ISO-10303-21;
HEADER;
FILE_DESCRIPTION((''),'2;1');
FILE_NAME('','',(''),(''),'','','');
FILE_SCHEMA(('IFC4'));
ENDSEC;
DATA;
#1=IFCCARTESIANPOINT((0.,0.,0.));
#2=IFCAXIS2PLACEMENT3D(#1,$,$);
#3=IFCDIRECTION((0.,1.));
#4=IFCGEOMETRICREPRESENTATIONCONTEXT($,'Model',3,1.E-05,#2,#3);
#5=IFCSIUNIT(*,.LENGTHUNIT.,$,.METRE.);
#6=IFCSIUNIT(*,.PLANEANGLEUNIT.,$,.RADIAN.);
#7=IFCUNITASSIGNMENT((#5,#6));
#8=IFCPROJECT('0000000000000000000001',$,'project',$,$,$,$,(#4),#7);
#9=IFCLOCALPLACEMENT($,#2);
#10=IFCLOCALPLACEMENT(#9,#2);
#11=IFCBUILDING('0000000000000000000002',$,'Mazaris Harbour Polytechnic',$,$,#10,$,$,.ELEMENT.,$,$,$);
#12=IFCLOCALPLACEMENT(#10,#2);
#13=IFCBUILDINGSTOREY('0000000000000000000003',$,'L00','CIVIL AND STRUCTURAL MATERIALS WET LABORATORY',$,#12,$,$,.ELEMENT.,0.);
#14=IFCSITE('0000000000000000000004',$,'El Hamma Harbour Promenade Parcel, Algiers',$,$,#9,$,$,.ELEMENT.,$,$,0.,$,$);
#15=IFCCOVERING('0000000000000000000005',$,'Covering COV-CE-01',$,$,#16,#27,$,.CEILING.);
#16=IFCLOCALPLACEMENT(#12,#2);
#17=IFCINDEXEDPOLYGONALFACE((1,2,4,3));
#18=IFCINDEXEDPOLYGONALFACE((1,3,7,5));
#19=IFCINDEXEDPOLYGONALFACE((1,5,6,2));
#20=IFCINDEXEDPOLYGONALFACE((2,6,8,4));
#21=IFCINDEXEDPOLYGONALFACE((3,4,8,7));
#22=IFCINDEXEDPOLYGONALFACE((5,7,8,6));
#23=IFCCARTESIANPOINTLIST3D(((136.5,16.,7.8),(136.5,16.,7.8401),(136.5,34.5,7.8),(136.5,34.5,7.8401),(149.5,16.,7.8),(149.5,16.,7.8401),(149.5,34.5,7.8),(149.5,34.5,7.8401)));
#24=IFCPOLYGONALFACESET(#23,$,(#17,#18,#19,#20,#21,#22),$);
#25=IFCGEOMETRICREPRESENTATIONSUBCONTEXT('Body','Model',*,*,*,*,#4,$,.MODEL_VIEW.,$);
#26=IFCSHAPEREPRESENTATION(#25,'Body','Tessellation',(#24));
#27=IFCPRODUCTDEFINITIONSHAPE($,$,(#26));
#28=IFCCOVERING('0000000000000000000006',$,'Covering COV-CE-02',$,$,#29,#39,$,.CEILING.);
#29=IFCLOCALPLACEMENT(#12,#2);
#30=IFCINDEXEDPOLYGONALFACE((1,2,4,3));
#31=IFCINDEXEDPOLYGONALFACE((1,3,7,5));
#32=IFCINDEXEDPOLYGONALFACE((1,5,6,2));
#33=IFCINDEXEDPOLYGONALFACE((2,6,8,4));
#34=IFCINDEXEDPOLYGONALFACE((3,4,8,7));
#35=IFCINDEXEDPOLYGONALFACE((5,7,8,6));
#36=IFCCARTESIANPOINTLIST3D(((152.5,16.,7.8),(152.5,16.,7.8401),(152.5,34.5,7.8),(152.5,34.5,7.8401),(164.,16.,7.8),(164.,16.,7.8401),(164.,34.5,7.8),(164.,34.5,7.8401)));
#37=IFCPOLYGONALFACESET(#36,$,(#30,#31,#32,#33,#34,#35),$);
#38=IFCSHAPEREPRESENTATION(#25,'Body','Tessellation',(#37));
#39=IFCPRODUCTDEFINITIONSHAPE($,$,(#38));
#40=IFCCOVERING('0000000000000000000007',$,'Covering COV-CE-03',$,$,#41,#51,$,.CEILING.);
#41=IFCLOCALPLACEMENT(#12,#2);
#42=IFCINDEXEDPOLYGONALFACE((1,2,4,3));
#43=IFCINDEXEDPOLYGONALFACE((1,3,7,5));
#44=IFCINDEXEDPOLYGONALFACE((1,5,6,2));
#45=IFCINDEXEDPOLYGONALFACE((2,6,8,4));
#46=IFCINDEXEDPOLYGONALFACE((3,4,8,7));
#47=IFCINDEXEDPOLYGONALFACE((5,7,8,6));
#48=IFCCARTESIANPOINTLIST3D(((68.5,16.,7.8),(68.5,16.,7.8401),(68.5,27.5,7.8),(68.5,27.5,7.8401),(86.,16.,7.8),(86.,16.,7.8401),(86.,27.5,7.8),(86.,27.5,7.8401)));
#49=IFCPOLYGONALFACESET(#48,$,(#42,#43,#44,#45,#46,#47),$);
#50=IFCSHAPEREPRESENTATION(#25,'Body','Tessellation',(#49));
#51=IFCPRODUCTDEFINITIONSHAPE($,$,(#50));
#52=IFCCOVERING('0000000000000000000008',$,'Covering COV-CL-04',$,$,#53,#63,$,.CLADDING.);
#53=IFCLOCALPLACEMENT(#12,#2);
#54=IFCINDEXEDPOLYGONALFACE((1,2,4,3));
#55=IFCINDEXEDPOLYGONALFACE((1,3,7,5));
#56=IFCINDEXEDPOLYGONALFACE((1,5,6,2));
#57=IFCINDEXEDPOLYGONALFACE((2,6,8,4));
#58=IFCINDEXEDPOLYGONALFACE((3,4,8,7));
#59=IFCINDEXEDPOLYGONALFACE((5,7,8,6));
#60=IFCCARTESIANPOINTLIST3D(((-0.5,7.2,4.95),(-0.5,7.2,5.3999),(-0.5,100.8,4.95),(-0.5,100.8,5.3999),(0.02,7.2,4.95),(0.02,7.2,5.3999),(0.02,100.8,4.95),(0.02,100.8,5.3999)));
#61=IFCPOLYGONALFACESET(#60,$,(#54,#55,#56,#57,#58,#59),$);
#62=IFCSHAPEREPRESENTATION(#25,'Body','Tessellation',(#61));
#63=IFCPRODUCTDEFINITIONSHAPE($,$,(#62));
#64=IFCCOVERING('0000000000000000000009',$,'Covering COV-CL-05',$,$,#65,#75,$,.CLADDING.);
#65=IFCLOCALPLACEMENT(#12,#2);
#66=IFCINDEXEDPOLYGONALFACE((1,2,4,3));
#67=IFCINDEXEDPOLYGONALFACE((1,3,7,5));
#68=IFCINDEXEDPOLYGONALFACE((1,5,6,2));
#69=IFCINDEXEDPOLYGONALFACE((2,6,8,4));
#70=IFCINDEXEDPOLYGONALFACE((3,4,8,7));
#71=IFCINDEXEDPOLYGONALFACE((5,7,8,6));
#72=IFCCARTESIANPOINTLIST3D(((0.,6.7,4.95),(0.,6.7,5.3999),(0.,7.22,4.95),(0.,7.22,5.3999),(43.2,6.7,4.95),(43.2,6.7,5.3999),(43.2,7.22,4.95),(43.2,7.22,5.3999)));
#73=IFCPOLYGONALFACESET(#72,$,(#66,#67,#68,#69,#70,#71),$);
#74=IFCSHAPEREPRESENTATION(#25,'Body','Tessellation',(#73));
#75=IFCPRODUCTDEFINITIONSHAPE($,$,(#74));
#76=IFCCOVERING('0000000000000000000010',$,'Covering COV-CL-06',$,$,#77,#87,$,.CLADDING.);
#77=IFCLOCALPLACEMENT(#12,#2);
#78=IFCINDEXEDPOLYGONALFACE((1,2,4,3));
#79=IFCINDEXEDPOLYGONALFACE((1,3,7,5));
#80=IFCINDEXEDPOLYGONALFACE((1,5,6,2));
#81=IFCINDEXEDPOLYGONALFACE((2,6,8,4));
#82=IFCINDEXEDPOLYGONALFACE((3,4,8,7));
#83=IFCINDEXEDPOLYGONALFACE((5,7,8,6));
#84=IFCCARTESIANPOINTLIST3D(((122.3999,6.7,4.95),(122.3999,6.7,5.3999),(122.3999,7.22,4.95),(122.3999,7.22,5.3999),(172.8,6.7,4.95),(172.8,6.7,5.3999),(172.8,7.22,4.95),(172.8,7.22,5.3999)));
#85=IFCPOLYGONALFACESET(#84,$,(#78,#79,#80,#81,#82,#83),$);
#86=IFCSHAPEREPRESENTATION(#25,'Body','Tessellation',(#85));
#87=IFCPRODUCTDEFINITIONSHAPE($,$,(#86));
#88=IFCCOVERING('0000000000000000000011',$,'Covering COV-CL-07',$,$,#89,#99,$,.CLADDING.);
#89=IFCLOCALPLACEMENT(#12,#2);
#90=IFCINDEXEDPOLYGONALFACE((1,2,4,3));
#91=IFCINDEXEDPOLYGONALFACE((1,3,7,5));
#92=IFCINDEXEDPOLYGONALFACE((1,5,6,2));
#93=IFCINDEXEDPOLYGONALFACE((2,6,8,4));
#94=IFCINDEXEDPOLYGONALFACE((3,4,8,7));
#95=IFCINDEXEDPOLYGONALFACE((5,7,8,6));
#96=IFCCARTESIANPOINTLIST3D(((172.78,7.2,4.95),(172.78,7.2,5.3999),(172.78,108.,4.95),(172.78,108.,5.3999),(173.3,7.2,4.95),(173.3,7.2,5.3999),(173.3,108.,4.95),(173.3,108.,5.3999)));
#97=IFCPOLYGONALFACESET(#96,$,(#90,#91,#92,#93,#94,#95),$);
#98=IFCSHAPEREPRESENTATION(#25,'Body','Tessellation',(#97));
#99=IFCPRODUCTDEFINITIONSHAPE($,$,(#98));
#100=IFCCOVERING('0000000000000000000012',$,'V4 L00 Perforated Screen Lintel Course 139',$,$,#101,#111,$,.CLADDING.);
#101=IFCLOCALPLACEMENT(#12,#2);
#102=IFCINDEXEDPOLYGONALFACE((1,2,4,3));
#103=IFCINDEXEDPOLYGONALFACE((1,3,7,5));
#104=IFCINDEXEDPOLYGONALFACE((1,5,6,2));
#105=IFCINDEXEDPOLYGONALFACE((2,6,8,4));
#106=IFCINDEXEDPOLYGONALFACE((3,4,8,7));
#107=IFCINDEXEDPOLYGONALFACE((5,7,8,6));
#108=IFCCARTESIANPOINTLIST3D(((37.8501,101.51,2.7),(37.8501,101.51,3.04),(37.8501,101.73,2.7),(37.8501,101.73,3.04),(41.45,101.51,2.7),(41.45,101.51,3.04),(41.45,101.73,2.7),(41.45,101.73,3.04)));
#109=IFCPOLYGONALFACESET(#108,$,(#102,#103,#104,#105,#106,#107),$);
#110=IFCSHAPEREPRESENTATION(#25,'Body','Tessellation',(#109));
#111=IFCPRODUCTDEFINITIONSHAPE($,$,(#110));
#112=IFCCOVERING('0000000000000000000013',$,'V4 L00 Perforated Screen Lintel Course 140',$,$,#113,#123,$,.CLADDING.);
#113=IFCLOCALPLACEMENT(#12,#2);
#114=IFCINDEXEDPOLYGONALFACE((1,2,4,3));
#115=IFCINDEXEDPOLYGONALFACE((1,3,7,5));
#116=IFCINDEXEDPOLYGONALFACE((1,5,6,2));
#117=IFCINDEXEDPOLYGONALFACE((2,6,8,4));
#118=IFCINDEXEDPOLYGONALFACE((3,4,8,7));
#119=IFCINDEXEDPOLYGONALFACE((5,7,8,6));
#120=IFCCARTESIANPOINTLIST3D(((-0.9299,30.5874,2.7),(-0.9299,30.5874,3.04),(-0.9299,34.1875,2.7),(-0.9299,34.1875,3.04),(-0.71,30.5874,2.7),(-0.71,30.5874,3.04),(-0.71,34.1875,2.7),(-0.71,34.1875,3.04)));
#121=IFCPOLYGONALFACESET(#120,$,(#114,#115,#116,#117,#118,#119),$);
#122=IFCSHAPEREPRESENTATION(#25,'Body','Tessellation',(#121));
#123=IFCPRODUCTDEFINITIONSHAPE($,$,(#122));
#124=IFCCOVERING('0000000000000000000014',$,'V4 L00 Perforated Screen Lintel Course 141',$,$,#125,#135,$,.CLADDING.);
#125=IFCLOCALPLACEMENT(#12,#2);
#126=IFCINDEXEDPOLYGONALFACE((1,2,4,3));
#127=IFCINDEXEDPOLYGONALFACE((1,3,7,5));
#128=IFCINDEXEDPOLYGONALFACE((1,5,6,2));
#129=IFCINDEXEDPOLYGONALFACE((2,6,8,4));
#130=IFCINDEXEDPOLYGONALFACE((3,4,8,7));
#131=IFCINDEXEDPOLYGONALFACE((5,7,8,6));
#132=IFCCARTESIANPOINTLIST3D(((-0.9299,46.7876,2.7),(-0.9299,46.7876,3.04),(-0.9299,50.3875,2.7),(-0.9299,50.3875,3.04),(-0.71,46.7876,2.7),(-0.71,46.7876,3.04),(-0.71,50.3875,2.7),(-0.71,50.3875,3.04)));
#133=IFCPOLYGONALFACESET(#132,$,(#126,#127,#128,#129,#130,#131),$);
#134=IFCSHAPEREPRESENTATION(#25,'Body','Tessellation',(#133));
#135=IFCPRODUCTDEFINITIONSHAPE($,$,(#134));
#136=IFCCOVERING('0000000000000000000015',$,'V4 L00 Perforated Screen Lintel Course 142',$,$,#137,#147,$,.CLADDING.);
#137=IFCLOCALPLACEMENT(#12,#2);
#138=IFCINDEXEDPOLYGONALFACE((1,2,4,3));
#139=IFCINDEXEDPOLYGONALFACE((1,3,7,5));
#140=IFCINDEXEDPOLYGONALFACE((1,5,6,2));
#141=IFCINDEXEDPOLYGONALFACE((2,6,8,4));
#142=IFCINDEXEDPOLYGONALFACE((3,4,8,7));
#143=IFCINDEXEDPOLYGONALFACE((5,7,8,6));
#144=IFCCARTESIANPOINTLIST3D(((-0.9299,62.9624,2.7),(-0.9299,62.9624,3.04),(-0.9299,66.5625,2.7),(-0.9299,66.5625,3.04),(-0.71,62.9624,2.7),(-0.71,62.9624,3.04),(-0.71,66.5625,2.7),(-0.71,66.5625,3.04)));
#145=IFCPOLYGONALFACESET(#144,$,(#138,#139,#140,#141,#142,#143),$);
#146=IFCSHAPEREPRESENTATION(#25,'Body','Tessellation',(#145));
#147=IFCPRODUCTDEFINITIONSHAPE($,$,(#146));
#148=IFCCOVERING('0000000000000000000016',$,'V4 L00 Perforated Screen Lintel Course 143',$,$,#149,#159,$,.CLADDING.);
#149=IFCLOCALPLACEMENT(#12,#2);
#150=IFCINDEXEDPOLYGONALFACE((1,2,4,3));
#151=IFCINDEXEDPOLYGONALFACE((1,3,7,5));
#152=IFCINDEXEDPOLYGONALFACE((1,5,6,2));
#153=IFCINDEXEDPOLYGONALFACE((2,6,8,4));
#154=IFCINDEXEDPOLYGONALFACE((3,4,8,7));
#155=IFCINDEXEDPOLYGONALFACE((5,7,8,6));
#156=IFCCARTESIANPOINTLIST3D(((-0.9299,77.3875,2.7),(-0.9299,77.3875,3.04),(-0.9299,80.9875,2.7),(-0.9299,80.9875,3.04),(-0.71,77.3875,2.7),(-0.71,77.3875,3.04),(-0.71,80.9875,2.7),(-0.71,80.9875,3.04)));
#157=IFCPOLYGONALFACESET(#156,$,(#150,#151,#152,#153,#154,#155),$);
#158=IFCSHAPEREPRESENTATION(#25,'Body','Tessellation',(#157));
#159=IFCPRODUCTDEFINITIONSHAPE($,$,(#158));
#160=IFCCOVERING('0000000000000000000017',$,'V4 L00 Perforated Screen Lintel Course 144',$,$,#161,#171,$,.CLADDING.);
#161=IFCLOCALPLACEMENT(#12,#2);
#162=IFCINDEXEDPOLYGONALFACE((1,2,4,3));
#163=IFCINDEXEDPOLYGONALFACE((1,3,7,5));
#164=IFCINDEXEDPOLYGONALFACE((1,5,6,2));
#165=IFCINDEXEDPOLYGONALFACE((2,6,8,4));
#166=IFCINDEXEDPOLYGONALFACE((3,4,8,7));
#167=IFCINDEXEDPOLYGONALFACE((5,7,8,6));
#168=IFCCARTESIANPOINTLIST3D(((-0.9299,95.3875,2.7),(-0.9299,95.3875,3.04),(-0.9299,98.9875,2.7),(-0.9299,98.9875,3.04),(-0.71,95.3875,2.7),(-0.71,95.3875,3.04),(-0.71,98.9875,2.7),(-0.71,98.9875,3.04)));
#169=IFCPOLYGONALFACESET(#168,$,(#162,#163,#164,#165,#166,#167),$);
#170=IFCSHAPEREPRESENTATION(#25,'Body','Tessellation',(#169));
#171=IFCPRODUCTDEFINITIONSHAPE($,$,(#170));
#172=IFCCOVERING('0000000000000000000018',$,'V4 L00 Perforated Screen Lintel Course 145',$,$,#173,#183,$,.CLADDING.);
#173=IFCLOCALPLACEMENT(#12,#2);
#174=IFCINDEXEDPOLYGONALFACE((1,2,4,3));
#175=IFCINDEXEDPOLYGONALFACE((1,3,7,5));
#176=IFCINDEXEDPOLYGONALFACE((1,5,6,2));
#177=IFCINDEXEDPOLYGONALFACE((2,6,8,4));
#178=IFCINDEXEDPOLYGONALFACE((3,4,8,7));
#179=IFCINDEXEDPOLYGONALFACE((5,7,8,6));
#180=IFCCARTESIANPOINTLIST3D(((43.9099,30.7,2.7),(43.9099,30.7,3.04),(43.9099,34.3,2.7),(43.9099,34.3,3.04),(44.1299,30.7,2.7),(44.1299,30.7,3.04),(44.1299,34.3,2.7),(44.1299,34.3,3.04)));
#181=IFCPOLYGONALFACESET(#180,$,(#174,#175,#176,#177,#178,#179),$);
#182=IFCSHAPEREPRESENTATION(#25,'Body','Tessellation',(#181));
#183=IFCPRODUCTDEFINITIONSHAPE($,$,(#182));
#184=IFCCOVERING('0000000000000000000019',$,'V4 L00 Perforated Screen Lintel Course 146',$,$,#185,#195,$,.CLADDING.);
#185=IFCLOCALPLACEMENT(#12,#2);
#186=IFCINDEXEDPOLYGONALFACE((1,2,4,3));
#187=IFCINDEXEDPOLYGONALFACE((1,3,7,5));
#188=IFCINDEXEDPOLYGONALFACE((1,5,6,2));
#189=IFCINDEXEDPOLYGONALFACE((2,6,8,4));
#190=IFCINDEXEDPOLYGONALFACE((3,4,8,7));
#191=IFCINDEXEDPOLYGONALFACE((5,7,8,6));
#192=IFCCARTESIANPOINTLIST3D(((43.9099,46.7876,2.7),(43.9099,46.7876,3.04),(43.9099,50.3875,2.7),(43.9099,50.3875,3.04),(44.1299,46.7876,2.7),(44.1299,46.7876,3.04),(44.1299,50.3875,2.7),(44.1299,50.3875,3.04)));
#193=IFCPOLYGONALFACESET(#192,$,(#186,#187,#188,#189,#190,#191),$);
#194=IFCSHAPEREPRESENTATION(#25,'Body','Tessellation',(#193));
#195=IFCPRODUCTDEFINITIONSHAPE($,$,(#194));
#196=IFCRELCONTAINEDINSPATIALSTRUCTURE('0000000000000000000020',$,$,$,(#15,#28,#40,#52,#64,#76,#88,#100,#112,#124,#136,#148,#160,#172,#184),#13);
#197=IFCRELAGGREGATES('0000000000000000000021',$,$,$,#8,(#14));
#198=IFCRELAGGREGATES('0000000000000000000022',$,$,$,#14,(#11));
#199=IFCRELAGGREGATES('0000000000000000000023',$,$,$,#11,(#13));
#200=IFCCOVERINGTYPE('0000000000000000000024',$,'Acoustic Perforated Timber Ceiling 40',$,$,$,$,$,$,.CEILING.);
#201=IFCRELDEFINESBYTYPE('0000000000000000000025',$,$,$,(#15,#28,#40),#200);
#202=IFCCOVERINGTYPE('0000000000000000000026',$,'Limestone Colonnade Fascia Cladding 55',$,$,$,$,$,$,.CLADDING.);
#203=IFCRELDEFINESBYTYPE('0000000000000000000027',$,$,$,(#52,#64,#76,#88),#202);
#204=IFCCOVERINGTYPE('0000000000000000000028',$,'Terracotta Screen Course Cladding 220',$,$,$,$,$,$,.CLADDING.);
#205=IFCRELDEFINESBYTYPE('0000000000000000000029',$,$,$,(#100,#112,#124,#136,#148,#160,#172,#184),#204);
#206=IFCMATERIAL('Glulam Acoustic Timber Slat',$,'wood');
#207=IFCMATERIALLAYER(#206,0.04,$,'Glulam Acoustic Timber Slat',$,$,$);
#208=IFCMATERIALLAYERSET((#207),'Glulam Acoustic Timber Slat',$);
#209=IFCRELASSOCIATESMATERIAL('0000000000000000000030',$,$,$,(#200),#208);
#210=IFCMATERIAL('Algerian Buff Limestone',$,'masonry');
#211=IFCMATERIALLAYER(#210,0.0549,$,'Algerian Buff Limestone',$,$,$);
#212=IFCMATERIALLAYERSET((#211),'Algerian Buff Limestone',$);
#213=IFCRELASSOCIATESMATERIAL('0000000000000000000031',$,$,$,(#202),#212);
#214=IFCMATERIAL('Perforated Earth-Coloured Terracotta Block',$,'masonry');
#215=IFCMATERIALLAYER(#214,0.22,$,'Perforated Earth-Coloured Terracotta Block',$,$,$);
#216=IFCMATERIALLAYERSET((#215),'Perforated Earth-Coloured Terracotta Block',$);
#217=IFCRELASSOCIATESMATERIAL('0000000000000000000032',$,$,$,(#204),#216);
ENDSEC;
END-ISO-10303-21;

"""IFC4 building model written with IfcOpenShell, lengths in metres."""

from ifc_helpers import new_model, si_unit, direction, frame, origin, place, context, subcontext, project, spatial, polyline, outline, extrude, material, layer, layer_set, type_object, element, save


model = new_model("IFC4")

# Units and contexts
model_context = context("Model", 3, precision=1e-05, world=origin(), true_north=direction((0.0, 1.0)))
body_context = subcontext(model_context, "Body", "Model", "MODEL_VIEW")
ifc_project = project(units=[si_unit("LENGTHUNIT", "METRE"), si_unit("PLANEANGLEUNIT", "RADIAN")], contexts=[model_context])

# Site, building, storey
site_placement = place(None, origin())
site = spatial("IfcSite", under=ifc_project, at=site_placement, Name="El Hamma Harbour Promenade Parcel, Algiers", CompositionType="ELEMENT", RefElevation=0.0)
building_placement = place(site_placement, origin())
building = spatial("IfcBuilding", under=site, at=building_placement, Name="Mazaris Harbour Polytechnic", CompositionType="ELEMENT")
storey_placement = place(building_placement, origin())
storey = spatial("IfcBuildingStorey", under=building, at=storey_placement, Name="L00", Description="CIVIL AND STRUCTURAL MATERIALS WET LABORATORY", CompositionType="ELEMENT", Elevation=0.0)

# Coverings
ifc_material_1 = material(Name="Glulam Acoustic Timber Slat", Category="wood")
ifc_layer_1 = layer(ifc_material_1, 0.04, Name="Glulam Acoustic Timber Slat")
ifc_layer_set_1 = layer_set([ifc_layer_1], Name="Glulam Acoustic Timber Slat")
covering_type_1 = type_object("IfcCoveringType", Name="Acoustic Perforated Timber Ceiling 40", PredefinedType="CEILING", material=ifc_layer_set_1)
covering_1_placement = place(storey_placement, frame((0.0, 0.0, 7.8)))
element("IfcCovering", 1, at=covering_1_placement, inside=storey, type_object=covering_type_1, Name="Covering COV-CE-01", PredefinedType="CEILING", context=body_context, shape_type="SweptSolid", body=[
    extrude(outline(polyline([(136.5, 16.0), (149.5, 16.0), (149.5, 34.5), (136.5, 34.5), (136.5, 16.0)])), origin(), (0.0, 0.0, 1.0), 0.04),
])
covering_2_placement = place(storey_placement, frame((0.0, 0.0, 7.8)))
element("IfcCovering", 2, at=covering_2_placement, inside=storey, type_object=covering_type_1, Name="Covering COV-CE-02", PredefinedType="CEILING", context=body_context, shape_type="SweptSolid", body=[
    extrude(outline(polyline([(152.5, 16.0), (164.0, 16.0), (164.0, 34.5), (152.5, 34.5), (152.5, 16.0)])), origin(), (0.0, 0.0, 1.0), 0.04),
])
covering_3_placement = place(storey_placement, frame((0.0, 0.0, 7.8)))
element("IfcCovering", 3, at=covering_3_placement, inside=storey, type_object=covering_type_1, Name="Covering COV-CE-03", PredefinedType="CEILING", context=body_context, shape_type="SweptSolid", body=[
    extrude(outline(polyline([(68.5, 16.0), (86.0, 16.0), (86.0, 27.5), (68.5, 27.5), (68.5, 16.0)])), origin(), (0.0, 0.0, 1.0), 0.04),
])
ifc_material_2 = material(Name="Algerian Buff Limestone", Category="masonry")
ifc_layer_2 = layer(ifc_material_2, 0.0549, Name="Algerian Buff Limestone")
ifc_layer_set_2 = layer_set([ifc_layer_2], Name="Algerian Buff Limestone")
covering_type_2 = type_object("IfcCoveringType", Name="Limestone Colonnade Fascia Cladding 55", PredefinedType="CLADDING", material=ifc_layer_set_2)
covering_4_placement = place(storey_placement, frame((0.0, 0.0, 4.95)))
element("IfcCovering", 4, at=covering_4_placement, inside=storey, type_object=covering_type_2, Name="Covering COV-CL-04", PredefinedType="CLADDING", context=body_context, shape_type="SweptSolid", body=[
    extrude(outline(polyline([(-0.5, 7.2), (0.02, 7.2), (0.02, 100.8), (-0.5, 100.8), (-0.5, 7.2)])), origin(), (0.0, 0.0, 1.0), 0.45),
])
covering_5_placement = place(storey_placement, frame((0.0, 0.0, 4.95)))
element("IfcCovering", 5, at=covering_5_placement, inside=storey, type_object=covering_type_2, Name="Covering COV-CL-05", PredefinedType="CLADDING", context=body_context, shape_type="SweptSolid", body=[
    extrude(outline(polyline([(0.0, 6.7), (43.2, 6.7), (43.2, 7.22), (0.0, 7.22), (0.0, 6.7)])), origin(), (0.0, 0.0, 1.0), 0.45),
])
covering_6_placement = place(storey_placement, frame((0.0, 0.0, 4.95)))
element("IfcCovering", 6, at=covering_6_placement, inside=storey, type_object=covering_type_2, Name="Covering COV-CL-06", PredefinedType="CLADDING", context=body_context, shape_type="SweptSolid", body=[
    extrude(outline(polyline([(122.3999, 6.7), (172.8, 6.7), (172.8, 7.22), (122.3999, 7.22), (122.3999, 6.7)])), origin(), (0.0, 0.0, 1.0), 0.45),
])
covering_7_placement = place(storey_placement, frame((0.0, 0.0, 4.95)))
element("IfcCovering", 7, at=covering_7_placement, inside=storey, type_object=covering_type_2, Name="Covering COV-CL-07", PredefinedType="CLADDING", context=body_context, shape_type="SweptSolid", body=[
    extrude(outline(polyline([(172.78, 7.2), (173.3, 7.2), (173.3, 108.0), (172.78, 108.0), (172.78, 7.2)])), origin(), (0.0, 0.0, 1.0), 0.45),
])
ifc_material_3 = material(Name="Perforated Earth-Coloured Terracotta Block", Category="masonry")
ifc_layer_3 = layer(ifc_material_3, 0.22, Name="Perforated Earth-Coloured Terracotta Block")
ifc_layer_set_3 = layer_set([ifc_layer_3], Name="Perforated Earth-Coloured Terracotta Block")
covering_type_3 = type_object("IfcCoveringType", Name="Terracotta Screen Course Cladding 220", PredefinedType="CLADDING", material=ifc_layer_set_3)
covering_8_placement = place(storey_placement, frame((0.0, 0.0, 2.7)))
element("IfcCovering", 8, at=covering_8_placement, inside=storey, type_object=covering_type_3, Name="V4 L00 Perforated Screen Lintel Course 139", PredefinedType="CLADDING", context=body_context, shape_type="SweptSolid", body=[
    extrude(outline(polyline([(37.8501, 101.51), (41.45, 101.51), (41.45, 101.73), (37.8501, 101.73), (37.8501, 101.51)])), origin(), (0.0, 0.0, 1.0), 0.3401),
])
covering_9_placement = place(storey_placement, frame((0.0, 0.0, 2.7)))
element("IfcCovering", 9, at=covering_9_placement, inside=storey, type_object=covering_type_3, Name="V4 L00 Perforated Screen Lintel Course 140", PredefinedType="CLADDING", context=body_context, shape_type="SweptSolid", body=[
    extrude(outline(polyline([(-0.71, 30.5874), (-0.71, 34.1875), (-0.9299, 34.1875), (-0.9299, 30.5874), (-0.71, 30.5874)])), origin(), (0.0, 0.0, 1.0), 0.3401),
])
covering_10_placement = place(storey_placement, frame((0.0, 0.0, 2.7)))
element("IfcCovering", 10, at=covering_10_placement, inside=storey, type_object=covering_type_3, Name="V4 L00 Perforated Screen Lintel Course 141", PredefinedType="CLADDING", context=body_context, shape_type="SweptSolid", body=[
    extrude(outline(polyline([(-0.71, 46.7876), (-0.71, 50.3875), (-0.9299, 50.3875), (-0.9299, 46.7876), (-0.71, 46.7876)])), origin(), (0.0, 0.0, 1.0), 0.3401),
])
covering_11_placement = place(storey_placement, frame((0.0, 0.0, 2.7)))
element("IfcCovering", 11, at=covering_11_placement, inside=storey, type_object=covering_type_3, Name="V4 L00 Perforated Screen Lintel Course 142", PredefinedType="CLADDING", context=body_context, shape_type="SweptSolid", body=[
    extrude(outline(polyline([(-0.71, 62.9624), (-0.71, 66.5625), (-0.9299, 66.5625), (-0.9299, 62.9624), (-0.71, 62.9624)])), origin(), (0.0, 0.0, 1.0), 0.3401),
])
covering_12_placement = place(storey_placement, frame((0.0, 0.0, 2.7)))
element("IfcCovering", 12, at=covering_12_placement, inside=storey, type_object=covering_type_3, Name="V4 L00 Perforated Screen Lintel Course 143", PredefinedType="CLADDING", context=body_context, shape_type="SweptSolid", body=[
    extrude(outline(polyline([(-0.71, 77.3875), (-0.71, 80.9875), (-0.9299, 80.9875), (-0.9299, 77.3875), (-0.71, 77.3875)])), origin(), (0.0, 0.0, 1.0), 0.3401),
])
covering_13_placement = place(storey_placement, frame((0.0, 0.0, 2.7)))
element("IfcCovering", 13, at=covering_13_placement, inside=storey, type_object=covering_type_3, Name="V4 L00 Perforated Screen Lintel Course 144", PredefinedType="CLADDING", context=body_context, shape_type="SweptSolid", body=[
    extrude(outline(polyline([(-0.71, 95.3875), (-0.71, 98.9875), (-0.9299, 98.9875), (-0.9299, 95.3875), (-0.71, 95.3875)])), origin(), (0.0, 0.0, 1.0), 0.3401),
])
covering_14_placement = place(storey_placement, frame((0.0, 0.0, 2.7)))
element("IfcCovering", 14, at=covering_14_placement, inside=storey, type_object=covering_type_3, Name="V4 L00 Perforated Screen Lintel Course 145", PredefinedType="CLADDING", context=body_context, shape_type="SweptSolid", body=[
    extrude(outline(polyline([(43.9099, 34.3), (43.9099, 30.7), (44.1299, 30.7), (44.1299, 34.3), (43.9099, 34.3)])), origin(), (0.0, 0.0, 1.0), 0.3401),
])
covering_15_placement = place(storey_placement, frame((0.0, 0.0, 2.7)))
element("IfcCovering", 15, at=covering_15_placement, inside=storey, type_object=covering_type_3, Name="V4 L00 Perforated Screen Lintel Course 146", PredefinedType="CLADDING", context=body_context, shape_type="SweptSolid", body=[
    extrude(outline(polyline([(43.9099, 50.3875), (43.9099, 46.7876), (44.1299, 46.7876), (44.1299, 50.3875), (43.9099, 50.3875)])), origin(), (0.0, 0.0, 1.0), 0.3401),
])

save(model, "model.ifc")
